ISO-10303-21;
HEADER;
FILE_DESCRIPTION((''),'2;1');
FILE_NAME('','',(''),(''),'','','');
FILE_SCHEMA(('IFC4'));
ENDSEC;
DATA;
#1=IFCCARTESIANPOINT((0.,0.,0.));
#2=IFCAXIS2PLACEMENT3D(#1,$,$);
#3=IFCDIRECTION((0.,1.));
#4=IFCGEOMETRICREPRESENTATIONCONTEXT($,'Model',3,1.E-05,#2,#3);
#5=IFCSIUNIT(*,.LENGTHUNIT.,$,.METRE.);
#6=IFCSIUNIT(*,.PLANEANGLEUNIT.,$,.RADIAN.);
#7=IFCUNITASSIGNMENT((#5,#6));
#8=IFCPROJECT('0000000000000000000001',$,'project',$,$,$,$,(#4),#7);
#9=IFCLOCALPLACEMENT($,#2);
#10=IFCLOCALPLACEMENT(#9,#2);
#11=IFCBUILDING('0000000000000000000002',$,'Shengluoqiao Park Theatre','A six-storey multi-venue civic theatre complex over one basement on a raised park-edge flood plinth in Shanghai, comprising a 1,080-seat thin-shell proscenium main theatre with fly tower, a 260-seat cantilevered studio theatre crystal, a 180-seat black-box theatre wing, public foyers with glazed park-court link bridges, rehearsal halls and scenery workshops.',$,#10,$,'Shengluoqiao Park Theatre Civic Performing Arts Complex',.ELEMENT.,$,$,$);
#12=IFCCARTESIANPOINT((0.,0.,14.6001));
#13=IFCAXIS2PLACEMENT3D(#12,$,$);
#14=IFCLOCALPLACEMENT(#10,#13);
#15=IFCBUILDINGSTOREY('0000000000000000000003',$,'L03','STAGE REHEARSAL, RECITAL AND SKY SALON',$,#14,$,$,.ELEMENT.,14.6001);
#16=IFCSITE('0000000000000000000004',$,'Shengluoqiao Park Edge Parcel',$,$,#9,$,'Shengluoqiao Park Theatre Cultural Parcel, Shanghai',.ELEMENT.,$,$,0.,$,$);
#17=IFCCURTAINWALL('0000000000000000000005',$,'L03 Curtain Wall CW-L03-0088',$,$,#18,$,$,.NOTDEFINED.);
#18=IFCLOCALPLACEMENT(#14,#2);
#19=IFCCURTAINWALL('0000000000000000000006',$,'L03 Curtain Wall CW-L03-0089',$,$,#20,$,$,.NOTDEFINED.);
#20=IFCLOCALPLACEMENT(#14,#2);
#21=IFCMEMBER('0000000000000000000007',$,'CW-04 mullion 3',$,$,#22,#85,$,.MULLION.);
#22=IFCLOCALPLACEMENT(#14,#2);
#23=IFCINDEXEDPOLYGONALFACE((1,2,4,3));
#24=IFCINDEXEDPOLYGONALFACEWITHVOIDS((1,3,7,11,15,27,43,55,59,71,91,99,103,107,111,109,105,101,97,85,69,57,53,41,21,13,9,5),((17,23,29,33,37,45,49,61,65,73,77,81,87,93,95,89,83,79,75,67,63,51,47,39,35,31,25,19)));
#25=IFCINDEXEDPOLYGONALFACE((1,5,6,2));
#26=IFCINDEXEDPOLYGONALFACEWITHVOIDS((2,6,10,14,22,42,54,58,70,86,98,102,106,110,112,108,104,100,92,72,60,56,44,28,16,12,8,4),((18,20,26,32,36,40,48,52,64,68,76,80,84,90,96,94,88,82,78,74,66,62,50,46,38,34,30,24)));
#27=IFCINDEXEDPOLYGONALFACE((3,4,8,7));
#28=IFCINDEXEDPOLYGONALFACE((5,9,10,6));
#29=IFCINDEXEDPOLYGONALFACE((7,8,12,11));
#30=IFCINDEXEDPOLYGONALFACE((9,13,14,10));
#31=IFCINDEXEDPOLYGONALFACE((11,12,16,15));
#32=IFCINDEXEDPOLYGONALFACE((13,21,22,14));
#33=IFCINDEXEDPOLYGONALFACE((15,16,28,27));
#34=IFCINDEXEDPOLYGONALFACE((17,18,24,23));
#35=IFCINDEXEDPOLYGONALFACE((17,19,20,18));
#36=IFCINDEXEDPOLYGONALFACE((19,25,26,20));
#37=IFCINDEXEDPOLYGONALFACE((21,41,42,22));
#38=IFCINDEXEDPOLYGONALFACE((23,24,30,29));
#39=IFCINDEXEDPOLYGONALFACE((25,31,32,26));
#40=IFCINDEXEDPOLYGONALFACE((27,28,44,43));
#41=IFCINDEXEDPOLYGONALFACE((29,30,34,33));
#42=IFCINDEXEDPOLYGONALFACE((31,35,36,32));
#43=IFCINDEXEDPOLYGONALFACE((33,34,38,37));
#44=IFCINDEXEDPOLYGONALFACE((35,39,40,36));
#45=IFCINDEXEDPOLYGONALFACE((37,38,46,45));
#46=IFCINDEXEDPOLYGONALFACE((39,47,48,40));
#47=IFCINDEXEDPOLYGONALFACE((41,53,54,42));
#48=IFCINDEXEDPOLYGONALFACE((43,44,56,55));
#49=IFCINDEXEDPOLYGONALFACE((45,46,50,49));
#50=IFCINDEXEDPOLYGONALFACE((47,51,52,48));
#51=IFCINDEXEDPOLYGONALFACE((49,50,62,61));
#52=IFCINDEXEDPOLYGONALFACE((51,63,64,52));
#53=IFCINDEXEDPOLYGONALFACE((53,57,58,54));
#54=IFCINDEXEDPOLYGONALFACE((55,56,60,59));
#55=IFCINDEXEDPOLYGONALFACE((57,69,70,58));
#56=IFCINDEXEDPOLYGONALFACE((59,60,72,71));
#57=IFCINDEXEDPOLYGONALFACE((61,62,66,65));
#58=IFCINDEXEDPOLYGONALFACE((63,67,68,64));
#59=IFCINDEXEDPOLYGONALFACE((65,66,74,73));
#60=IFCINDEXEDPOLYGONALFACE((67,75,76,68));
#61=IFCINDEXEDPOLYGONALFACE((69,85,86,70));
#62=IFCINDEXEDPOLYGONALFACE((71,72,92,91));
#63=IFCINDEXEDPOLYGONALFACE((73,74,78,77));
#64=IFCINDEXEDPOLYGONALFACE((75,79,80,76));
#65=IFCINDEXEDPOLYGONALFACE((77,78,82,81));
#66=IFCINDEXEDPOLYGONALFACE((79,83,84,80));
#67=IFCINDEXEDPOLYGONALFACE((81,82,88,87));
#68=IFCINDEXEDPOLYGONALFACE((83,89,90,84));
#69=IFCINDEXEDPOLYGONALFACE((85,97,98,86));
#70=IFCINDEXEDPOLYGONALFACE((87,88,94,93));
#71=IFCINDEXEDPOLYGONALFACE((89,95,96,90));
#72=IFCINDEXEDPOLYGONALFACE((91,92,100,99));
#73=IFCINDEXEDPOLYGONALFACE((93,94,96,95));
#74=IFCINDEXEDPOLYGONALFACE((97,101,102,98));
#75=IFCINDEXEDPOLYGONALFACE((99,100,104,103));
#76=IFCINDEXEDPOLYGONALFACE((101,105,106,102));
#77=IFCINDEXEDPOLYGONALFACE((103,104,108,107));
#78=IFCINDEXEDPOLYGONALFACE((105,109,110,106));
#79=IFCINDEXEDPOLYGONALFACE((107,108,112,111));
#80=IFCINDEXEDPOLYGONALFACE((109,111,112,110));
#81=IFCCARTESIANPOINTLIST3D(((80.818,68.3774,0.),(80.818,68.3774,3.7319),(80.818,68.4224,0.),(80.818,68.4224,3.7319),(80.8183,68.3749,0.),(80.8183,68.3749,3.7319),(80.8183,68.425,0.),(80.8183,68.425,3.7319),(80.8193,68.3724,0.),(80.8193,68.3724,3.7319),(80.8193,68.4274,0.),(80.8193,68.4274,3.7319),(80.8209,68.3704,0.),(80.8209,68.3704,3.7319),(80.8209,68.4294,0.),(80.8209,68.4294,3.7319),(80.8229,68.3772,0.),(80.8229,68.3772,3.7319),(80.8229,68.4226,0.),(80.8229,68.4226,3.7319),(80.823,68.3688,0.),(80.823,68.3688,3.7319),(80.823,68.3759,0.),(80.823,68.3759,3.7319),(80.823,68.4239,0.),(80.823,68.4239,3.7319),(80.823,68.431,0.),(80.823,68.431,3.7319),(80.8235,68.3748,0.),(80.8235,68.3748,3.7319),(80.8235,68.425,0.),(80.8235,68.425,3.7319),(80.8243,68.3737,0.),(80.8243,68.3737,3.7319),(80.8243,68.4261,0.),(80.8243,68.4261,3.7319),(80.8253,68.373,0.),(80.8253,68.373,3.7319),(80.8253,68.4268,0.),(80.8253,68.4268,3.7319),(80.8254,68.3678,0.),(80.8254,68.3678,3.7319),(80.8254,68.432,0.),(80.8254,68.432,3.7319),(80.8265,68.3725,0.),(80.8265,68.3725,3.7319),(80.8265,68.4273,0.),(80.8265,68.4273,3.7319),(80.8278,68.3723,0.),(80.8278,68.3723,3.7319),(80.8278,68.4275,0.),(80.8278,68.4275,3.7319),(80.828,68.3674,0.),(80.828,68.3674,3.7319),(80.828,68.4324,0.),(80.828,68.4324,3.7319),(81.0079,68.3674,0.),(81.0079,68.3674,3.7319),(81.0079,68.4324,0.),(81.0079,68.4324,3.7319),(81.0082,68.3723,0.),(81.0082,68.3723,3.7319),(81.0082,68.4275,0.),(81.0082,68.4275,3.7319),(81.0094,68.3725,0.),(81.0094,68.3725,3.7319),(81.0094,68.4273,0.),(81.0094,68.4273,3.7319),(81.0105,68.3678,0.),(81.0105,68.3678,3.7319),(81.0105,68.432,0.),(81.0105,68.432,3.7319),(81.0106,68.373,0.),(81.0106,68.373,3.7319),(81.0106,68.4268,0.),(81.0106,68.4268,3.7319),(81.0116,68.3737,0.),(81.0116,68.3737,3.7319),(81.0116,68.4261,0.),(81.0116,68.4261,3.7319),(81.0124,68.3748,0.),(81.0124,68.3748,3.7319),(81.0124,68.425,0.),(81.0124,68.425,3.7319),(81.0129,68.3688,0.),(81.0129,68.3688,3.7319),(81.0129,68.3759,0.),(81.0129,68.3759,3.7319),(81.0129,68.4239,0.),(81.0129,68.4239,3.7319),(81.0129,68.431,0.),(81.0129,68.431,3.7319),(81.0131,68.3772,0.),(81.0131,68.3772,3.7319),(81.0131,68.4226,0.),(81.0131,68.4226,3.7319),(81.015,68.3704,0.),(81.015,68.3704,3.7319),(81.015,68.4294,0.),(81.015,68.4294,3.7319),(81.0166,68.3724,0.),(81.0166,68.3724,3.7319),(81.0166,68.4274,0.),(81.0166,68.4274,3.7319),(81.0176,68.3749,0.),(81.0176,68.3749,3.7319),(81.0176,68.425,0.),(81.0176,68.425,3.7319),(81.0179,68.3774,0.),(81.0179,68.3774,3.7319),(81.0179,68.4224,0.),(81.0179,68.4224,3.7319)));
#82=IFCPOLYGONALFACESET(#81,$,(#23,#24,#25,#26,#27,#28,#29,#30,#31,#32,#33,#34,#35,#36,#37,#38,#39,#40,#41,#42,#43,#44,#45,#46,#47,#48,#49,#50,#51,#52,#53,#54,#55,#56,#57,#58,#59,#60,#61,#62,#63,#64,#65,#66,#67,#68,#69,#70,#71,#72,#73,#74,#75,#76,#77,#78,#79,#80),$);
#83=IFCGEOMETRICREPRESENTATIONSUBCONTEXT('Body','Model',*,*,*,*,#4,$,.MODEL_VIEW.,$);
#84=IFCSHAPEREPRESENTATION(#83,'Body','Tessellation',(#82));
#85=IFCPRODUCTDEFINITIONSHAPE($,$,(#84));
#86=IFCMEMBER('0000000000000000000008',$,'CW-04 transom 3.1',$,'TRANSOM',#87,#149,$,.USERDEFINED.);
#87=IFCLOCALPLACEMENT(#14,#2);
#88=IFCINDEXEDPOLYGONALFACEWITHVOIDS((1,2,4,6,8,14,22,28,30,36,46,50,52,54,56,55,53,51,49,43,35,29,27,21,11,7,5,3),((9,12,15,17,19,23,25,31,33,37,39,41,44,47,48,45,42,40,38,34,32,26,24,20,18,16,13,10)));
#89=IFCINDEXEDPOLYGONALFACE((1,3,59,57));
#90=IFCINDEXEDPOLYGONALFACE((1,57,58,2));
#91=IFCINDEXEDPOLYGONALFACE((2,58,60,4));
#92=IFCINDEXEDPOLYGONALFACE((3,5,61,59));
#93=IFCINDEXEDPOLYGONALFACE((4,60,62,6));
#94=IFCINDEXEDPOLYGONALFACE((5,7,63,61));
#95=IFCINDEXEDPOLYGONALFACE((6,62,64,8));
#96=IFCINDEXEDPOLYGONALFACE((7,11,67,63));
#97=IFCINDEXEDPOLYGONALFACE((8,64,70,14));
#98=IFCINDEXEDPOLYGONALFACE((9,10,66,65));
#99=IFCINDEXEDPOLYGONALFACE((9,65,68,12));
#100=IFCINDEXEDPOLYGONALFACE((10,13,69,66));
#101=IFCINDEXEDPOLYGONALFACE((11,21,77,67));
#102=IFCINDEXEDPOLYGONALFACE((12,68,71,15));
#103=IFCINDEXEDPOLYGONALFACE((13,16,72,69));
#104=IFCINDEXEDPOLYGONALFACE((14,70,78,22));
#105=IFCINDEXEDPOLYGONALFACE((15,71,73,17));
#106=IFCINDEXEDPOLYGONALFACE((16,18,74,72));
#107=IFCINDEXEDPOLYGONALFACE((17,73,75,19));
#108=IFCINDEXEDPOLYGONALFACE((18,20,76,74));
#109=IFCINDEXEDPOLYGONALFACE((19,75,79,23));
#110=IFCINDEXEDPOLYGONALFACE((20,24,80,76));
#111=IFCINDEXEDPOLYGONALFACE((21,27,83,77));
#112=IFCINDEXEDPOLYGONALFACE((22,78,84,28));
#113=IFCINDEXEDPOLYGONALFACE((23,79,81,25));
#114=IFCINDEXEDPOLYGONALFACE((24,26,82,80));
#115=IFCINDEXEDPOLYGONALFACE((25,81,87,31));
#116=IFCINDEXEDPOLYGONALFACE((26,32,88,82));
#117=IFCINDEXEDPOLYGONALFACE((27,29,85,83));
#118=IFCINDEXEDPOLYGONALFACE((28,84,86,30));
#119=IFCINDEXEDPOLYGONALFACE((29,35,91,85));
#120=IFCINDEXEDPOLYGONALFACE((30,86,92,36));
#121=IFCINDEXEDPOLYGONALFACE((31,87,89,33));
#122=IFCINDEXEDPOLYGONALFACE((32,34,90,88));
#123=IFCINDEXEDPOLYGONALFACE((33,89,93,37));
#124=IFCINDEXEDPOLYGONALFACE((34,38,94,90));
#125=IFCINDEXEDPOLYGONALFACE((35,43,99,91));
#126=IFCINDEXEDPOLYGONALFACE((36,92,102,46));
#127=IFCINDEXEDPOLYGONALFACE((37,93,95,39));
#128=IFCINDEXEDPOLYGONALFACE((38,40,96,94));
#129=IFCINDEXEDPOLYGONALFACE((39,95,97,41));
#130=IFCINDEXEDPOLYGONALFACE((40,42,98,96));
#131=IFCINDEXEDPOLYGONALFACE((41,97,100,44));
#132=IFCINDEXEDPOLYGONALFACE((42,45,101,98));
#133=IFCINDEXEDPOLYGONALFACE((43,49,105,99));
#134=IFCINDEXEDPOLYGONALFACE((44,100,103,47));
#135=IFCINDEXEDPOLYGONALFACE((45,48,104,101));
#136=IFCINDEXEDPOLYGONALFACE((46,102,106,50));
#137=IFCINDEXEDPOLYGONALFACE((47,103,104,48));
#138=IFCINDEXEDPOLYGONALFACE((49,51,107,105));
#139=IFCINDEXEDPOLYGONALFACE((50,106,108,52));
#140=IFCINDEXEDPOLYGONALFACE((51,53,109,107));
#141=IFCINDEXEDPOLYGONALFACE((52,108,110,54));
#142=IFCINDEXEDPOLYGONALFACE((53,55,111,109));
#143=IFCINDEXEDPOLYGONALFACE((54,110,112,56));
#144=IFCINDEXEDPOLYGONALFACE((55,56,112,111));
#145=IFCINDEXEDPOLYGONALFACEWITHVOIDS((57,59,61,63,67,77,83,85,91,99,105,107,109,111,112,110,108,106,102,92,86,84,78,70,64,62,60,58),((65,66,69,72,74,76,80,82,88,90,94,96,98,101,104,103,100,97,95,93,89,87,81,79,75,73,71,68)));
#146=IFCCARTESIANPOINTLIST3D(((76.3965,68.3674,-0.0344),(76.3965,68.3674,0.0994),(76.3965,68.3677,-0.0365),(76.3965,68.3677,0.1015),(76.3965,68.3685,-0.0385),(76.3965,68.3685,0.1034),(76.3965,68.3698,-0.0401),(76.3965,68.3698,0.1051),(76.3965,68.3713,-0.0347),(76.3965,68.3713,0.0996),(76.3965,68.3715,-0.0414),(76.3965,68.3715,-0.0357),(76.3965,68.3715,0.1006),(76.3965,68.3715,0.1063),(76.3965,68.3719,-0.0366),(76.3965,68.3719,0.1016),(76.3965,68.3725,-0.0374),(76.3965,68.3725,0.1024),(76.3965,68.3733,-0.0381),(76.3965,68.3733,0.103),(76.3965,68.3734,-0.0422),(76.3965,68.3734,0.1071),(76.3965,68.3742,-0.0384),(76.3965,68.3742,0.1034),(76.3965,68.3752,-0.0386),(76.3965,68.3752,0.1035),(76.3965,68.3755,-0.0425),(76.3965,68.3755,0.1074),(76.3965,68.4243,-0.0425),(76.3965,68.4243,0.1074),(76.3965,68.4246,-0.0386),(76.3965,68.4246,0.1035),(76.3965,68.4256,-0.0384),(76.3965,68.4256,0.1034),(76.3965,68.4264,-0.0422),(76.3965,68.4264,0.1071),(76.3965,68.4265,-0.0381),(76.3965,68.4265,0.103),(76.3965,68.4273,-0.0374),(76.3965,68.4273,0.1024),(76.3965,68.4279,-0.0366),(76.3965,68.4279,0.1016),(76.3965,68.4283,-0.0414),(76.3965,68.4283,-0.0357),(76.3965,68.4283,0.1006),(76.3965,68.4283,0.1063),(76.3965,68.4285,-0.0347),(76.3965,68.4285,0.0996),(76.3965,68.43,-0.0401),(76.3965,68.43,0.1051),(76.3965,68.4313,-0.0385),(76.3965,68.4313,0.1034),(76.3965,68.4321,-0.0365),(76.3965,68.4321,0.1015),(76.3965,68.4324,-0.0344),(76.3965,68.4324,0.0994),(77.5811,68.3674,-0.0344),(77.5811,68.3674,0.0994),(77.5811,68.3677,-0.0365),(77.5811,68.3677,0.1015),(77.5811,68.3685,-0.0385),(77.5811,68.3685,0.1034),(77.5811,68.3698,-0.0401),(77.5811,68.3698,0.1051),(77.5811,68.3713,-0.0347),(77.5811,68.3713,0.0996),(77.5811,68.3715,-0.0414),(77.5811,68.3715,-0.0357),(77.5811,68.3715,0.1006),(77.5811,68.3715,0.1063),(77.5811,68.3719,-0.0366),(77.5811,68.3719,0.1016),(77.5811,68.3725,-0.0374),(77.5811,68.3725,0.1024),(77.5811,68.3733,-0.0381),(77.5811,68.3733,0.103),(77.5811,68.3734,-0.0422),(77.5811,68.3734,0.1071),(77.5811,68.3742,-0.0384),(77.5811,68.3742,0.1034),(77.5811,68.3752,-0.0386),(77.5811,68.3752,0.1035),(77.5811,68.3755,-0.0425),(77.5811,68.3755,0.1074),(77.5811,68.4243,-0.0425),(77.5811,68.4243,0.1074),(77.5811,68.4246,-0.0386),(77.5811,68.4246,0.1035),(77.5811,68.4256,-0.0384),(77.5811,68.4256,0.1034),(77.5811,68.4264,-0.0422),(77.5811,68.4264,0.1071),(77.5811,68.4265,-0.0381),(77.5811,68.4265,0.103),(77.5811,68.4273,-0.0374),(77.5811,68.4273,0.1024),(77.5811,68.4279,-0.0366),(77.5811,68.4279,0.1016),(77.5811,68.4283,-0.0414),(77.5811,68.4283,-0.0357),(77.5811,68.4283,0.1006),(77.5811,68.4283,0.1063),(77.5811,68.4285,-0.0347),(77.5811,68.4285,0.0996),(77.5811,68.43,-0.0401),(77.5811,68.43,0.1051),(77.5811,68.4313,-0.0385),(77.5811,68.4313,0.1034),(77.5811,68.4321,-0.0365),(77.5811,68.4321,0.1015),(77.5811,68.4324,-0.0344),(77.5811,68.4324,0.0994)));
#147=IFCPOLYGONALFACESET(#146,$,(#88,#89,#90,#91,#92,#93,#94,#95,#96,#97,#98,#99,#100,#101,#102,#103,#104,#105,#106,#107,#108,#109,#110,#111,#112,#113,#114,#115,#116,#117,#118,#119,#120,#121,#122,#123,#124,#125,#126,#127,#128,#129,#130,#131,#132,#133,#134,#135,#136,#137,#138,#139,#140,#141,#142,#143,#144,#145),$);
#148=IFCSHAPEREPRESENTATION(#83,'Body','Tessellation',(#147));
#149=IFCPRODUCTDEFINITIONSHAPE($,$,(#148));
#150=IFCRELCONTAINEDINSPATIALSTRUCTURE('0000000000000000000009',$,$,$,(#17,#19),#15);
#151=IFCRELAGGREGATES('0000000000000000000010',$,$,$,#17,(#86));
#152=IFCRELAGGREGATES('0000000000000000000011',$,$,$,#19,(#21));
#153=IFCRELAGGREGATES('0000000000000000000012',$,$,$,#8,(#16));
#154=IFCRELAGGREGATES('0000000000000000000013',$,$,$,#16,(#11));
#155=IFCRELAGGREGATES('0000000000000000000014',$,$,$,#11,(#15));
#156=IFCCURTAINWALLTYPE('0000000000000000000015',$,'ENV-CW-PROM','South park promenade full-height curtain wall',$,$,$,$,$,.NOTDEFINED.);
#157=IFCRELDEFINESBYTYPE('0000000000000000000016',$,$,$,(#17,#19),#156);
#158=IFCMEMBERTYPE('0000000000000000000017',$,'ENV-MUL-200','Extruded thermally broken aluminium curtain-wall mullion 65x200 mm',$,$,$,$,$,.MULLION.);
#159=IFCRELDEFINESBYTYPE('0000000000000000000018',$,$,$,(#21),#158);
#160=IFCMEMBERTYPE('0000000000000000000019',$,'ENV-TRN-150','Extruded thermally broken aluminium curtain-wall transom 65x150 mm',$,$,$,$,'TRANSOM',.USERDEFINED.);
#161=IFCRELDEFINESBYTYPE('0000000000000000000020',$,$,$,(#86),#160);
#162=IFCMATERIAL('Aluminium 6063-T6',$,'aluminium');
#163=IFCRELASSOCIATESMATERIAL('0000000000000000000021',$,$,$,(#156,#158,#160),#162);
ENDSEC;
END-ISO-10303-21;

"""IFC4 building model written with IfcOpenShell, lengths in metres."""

from ifc_helpers import new_model, si_unit, direction, frame, origin, origin_2d, place, context, subcontext, project, spatial, hollow_rectangle, extrude, material, material_profile, profile_set, type_object, element, aggregate, save


model = new_model("IFC4")

# Units and contexts
model_context = context("Model", 3, precision=1e-05, world=origin(), true_north=direction((0.0, 1.0)))
body_context = subcontext(model_context, "Body", "Model", "MODEL_VIEW")
ifc_project = project(units=[si_unit("LENGTHUNIT", "METRE"), si_unit("PLANEANGLEUNIT", "RADIAN")], contexts=[model_context])

# Site, building, storey
site_placement = place(None, origin())
site = spatial("IfcSite", under=ifc_project, at=site_placement, Name="Shengluoqiao Park Edge Parcel", LongName="Shengluoqiao Park Theatre Cultural Parcel, Shanghai", CompositionType="ELEMENT", RefElevation=0.0)
building_placement = place(site_placement, origin())
building = spatial("IfcBuilding", under=site, at=building_placement, Name="Shengluoqiao Park Theatre", Description="A six-storey multi-venue civic theatre complex over one basement on a raised park-edge flood plinth in Shanghai, comprising a 1,080-seat thin-shell proscenium main theatre with fly tower, a 260-seat cantilevered studio theatre crystal, a 180-seat black-box theatre wing, public foyers with glazed park-court link bridges, rehearsal halls and scenery workshops.", LongName="Shengluoqiao Park Theatre Civic Performing Arts Complex", CompositionType="ELEMENT")
storey_placement = place(building_placement, frame((0.0, 0.0, 14.6001)))
storey = spatial("IfcBuildingStorey", under=building, at=storey_placement, Name="L03", Description="STAGE REHEARSAL, RECITAL AND SKY SALON", CompositionType="ELEMENT", Elevation=14.6001)

# Curtain walls, member
ifc_material_1 = material(Name="Aluminium 6063-T6", Category="aluminium")
curtain_wall_type = type_object("IfcCurtainWallType", Name="ENV-CW-PROM", Description="South park promenade full-height curtain wall", PredefinedType="NOTDEFINED", material=ifc_material_1)
curtain_wall_1_placement = place(storey_placement, origin())
curtain_wall_1 = element("IfcCurtainWall", 1, at=curtain_wall_1_placement, inside=storey, type_object=curtain_wall_type, Name="L03 Curtain Wall CW-L03-0088", PredefinedType="NOTDEFINED")
ifc_material_profile_1 = material_profile(ifc_material_1, hollow_rectangle(XDim=0.0649, YDim=0.2, WallThickness=0.0049, InnerFilletRadius=0.0049, OuterFilletRadius=0.01, at=origin_2d()), Name="ALU MULLION 200x65x5")
ifc_profile_set_1 = profile_set([ifc_material_profile_1], Name="Aluminium 6063-T6")
member_type_1 = type_object("IfcMemberType", Name="ENV-MUL-200", Description="Extruded thermally broken aluminium curtain-wall mullion 65x200 mm", PredefinedType="MULLION", material=ifc_profile_set_1)
curtain_wall_2_placement = place(storey_placement, origin())
curtain_wall_2 = element("IfcCurtainWall", 2, at=curtain_wall_2_placement, inside=storey, type_object=curtain_wall_type, Name="L03 Curtain Wall CW-L03-0089", PredefinedType="NOTDEFINED")
member_1_placement = place(storey_placement, frame((80.918, 68.3999, 0.0), z_axis=(0.0, 0.0, 1.0), x_axis=(0.0, 1.0, 0.0)))
member_1 = element("IfcMember", 3, at=member_1_placement, type_object=member_type_1, Name="CW-04 mullion 3", PredefinedType="MULLION", context=body_context, shape_type="SweptSolid", body=[
    extrude(hollow_rectangle(XDim=0.0649, YDim=0.2, WallThickness=0.0049, InnerFilletRadius=0.0049, OuterFilletRadius=0.01, at=origin_2d()), origin(), (0.0, 0.0, 1.0), 3.7319),
])

# Member
ifc_material_profile_2 = material_profile(ifc_material_1, hollow_rectangle(XDim=0.0649, YDim=0.1499, WallThickness=0.0039, InnerFilletRadius=0.0039, OuterFilletRadius=0.0081, at=origin_2d()), Name="ALU TRANSOM 150x65x4")
ifc_profile_set_2 = profile_set([ifc_material_profile_2], Name="Aluminium 6063-T6")
member_type_2 = type_object("IfcMemberType", Name="ENV-TRN-150", Description="Extruded thermally broken aluminium curtain-wall transom 65x150 mm", ElementType="TRANSOM", PredefinedType="USERDEFINED", material=ifc_profile_set_2)
member_2_placement = place(storey_placement, frame((76.3965, 68.3999, 0.0325), z_axis=(1.0, 0.0, 0.0), x_axis=(0.0, 1.0, 0.0)))
member_2 = element("IfcMember", 4, at=member_2_placement, type_object=member_type_2, Name="CW-04 transom 3.1", ObjectType="TRANSOM", PredefinedType="USERDEFINED", context=body_context, shape_type="SweptSolid", body=[
    extrude(hollow_rectangle(XDim=0.0649, YDim=0.1499, WallThickness=0.0039, InnerFilletRadius=0.0039, OuterFilletRadius=0.0081, at=origin_2d()), origin(), (0.0, 0.0, 1.0), 1.1846),
])

aggregate(curtain_wall_1, [member_2])
aggregate(curtain_wall_2, [member_1])

save(model, "model.ifc")
